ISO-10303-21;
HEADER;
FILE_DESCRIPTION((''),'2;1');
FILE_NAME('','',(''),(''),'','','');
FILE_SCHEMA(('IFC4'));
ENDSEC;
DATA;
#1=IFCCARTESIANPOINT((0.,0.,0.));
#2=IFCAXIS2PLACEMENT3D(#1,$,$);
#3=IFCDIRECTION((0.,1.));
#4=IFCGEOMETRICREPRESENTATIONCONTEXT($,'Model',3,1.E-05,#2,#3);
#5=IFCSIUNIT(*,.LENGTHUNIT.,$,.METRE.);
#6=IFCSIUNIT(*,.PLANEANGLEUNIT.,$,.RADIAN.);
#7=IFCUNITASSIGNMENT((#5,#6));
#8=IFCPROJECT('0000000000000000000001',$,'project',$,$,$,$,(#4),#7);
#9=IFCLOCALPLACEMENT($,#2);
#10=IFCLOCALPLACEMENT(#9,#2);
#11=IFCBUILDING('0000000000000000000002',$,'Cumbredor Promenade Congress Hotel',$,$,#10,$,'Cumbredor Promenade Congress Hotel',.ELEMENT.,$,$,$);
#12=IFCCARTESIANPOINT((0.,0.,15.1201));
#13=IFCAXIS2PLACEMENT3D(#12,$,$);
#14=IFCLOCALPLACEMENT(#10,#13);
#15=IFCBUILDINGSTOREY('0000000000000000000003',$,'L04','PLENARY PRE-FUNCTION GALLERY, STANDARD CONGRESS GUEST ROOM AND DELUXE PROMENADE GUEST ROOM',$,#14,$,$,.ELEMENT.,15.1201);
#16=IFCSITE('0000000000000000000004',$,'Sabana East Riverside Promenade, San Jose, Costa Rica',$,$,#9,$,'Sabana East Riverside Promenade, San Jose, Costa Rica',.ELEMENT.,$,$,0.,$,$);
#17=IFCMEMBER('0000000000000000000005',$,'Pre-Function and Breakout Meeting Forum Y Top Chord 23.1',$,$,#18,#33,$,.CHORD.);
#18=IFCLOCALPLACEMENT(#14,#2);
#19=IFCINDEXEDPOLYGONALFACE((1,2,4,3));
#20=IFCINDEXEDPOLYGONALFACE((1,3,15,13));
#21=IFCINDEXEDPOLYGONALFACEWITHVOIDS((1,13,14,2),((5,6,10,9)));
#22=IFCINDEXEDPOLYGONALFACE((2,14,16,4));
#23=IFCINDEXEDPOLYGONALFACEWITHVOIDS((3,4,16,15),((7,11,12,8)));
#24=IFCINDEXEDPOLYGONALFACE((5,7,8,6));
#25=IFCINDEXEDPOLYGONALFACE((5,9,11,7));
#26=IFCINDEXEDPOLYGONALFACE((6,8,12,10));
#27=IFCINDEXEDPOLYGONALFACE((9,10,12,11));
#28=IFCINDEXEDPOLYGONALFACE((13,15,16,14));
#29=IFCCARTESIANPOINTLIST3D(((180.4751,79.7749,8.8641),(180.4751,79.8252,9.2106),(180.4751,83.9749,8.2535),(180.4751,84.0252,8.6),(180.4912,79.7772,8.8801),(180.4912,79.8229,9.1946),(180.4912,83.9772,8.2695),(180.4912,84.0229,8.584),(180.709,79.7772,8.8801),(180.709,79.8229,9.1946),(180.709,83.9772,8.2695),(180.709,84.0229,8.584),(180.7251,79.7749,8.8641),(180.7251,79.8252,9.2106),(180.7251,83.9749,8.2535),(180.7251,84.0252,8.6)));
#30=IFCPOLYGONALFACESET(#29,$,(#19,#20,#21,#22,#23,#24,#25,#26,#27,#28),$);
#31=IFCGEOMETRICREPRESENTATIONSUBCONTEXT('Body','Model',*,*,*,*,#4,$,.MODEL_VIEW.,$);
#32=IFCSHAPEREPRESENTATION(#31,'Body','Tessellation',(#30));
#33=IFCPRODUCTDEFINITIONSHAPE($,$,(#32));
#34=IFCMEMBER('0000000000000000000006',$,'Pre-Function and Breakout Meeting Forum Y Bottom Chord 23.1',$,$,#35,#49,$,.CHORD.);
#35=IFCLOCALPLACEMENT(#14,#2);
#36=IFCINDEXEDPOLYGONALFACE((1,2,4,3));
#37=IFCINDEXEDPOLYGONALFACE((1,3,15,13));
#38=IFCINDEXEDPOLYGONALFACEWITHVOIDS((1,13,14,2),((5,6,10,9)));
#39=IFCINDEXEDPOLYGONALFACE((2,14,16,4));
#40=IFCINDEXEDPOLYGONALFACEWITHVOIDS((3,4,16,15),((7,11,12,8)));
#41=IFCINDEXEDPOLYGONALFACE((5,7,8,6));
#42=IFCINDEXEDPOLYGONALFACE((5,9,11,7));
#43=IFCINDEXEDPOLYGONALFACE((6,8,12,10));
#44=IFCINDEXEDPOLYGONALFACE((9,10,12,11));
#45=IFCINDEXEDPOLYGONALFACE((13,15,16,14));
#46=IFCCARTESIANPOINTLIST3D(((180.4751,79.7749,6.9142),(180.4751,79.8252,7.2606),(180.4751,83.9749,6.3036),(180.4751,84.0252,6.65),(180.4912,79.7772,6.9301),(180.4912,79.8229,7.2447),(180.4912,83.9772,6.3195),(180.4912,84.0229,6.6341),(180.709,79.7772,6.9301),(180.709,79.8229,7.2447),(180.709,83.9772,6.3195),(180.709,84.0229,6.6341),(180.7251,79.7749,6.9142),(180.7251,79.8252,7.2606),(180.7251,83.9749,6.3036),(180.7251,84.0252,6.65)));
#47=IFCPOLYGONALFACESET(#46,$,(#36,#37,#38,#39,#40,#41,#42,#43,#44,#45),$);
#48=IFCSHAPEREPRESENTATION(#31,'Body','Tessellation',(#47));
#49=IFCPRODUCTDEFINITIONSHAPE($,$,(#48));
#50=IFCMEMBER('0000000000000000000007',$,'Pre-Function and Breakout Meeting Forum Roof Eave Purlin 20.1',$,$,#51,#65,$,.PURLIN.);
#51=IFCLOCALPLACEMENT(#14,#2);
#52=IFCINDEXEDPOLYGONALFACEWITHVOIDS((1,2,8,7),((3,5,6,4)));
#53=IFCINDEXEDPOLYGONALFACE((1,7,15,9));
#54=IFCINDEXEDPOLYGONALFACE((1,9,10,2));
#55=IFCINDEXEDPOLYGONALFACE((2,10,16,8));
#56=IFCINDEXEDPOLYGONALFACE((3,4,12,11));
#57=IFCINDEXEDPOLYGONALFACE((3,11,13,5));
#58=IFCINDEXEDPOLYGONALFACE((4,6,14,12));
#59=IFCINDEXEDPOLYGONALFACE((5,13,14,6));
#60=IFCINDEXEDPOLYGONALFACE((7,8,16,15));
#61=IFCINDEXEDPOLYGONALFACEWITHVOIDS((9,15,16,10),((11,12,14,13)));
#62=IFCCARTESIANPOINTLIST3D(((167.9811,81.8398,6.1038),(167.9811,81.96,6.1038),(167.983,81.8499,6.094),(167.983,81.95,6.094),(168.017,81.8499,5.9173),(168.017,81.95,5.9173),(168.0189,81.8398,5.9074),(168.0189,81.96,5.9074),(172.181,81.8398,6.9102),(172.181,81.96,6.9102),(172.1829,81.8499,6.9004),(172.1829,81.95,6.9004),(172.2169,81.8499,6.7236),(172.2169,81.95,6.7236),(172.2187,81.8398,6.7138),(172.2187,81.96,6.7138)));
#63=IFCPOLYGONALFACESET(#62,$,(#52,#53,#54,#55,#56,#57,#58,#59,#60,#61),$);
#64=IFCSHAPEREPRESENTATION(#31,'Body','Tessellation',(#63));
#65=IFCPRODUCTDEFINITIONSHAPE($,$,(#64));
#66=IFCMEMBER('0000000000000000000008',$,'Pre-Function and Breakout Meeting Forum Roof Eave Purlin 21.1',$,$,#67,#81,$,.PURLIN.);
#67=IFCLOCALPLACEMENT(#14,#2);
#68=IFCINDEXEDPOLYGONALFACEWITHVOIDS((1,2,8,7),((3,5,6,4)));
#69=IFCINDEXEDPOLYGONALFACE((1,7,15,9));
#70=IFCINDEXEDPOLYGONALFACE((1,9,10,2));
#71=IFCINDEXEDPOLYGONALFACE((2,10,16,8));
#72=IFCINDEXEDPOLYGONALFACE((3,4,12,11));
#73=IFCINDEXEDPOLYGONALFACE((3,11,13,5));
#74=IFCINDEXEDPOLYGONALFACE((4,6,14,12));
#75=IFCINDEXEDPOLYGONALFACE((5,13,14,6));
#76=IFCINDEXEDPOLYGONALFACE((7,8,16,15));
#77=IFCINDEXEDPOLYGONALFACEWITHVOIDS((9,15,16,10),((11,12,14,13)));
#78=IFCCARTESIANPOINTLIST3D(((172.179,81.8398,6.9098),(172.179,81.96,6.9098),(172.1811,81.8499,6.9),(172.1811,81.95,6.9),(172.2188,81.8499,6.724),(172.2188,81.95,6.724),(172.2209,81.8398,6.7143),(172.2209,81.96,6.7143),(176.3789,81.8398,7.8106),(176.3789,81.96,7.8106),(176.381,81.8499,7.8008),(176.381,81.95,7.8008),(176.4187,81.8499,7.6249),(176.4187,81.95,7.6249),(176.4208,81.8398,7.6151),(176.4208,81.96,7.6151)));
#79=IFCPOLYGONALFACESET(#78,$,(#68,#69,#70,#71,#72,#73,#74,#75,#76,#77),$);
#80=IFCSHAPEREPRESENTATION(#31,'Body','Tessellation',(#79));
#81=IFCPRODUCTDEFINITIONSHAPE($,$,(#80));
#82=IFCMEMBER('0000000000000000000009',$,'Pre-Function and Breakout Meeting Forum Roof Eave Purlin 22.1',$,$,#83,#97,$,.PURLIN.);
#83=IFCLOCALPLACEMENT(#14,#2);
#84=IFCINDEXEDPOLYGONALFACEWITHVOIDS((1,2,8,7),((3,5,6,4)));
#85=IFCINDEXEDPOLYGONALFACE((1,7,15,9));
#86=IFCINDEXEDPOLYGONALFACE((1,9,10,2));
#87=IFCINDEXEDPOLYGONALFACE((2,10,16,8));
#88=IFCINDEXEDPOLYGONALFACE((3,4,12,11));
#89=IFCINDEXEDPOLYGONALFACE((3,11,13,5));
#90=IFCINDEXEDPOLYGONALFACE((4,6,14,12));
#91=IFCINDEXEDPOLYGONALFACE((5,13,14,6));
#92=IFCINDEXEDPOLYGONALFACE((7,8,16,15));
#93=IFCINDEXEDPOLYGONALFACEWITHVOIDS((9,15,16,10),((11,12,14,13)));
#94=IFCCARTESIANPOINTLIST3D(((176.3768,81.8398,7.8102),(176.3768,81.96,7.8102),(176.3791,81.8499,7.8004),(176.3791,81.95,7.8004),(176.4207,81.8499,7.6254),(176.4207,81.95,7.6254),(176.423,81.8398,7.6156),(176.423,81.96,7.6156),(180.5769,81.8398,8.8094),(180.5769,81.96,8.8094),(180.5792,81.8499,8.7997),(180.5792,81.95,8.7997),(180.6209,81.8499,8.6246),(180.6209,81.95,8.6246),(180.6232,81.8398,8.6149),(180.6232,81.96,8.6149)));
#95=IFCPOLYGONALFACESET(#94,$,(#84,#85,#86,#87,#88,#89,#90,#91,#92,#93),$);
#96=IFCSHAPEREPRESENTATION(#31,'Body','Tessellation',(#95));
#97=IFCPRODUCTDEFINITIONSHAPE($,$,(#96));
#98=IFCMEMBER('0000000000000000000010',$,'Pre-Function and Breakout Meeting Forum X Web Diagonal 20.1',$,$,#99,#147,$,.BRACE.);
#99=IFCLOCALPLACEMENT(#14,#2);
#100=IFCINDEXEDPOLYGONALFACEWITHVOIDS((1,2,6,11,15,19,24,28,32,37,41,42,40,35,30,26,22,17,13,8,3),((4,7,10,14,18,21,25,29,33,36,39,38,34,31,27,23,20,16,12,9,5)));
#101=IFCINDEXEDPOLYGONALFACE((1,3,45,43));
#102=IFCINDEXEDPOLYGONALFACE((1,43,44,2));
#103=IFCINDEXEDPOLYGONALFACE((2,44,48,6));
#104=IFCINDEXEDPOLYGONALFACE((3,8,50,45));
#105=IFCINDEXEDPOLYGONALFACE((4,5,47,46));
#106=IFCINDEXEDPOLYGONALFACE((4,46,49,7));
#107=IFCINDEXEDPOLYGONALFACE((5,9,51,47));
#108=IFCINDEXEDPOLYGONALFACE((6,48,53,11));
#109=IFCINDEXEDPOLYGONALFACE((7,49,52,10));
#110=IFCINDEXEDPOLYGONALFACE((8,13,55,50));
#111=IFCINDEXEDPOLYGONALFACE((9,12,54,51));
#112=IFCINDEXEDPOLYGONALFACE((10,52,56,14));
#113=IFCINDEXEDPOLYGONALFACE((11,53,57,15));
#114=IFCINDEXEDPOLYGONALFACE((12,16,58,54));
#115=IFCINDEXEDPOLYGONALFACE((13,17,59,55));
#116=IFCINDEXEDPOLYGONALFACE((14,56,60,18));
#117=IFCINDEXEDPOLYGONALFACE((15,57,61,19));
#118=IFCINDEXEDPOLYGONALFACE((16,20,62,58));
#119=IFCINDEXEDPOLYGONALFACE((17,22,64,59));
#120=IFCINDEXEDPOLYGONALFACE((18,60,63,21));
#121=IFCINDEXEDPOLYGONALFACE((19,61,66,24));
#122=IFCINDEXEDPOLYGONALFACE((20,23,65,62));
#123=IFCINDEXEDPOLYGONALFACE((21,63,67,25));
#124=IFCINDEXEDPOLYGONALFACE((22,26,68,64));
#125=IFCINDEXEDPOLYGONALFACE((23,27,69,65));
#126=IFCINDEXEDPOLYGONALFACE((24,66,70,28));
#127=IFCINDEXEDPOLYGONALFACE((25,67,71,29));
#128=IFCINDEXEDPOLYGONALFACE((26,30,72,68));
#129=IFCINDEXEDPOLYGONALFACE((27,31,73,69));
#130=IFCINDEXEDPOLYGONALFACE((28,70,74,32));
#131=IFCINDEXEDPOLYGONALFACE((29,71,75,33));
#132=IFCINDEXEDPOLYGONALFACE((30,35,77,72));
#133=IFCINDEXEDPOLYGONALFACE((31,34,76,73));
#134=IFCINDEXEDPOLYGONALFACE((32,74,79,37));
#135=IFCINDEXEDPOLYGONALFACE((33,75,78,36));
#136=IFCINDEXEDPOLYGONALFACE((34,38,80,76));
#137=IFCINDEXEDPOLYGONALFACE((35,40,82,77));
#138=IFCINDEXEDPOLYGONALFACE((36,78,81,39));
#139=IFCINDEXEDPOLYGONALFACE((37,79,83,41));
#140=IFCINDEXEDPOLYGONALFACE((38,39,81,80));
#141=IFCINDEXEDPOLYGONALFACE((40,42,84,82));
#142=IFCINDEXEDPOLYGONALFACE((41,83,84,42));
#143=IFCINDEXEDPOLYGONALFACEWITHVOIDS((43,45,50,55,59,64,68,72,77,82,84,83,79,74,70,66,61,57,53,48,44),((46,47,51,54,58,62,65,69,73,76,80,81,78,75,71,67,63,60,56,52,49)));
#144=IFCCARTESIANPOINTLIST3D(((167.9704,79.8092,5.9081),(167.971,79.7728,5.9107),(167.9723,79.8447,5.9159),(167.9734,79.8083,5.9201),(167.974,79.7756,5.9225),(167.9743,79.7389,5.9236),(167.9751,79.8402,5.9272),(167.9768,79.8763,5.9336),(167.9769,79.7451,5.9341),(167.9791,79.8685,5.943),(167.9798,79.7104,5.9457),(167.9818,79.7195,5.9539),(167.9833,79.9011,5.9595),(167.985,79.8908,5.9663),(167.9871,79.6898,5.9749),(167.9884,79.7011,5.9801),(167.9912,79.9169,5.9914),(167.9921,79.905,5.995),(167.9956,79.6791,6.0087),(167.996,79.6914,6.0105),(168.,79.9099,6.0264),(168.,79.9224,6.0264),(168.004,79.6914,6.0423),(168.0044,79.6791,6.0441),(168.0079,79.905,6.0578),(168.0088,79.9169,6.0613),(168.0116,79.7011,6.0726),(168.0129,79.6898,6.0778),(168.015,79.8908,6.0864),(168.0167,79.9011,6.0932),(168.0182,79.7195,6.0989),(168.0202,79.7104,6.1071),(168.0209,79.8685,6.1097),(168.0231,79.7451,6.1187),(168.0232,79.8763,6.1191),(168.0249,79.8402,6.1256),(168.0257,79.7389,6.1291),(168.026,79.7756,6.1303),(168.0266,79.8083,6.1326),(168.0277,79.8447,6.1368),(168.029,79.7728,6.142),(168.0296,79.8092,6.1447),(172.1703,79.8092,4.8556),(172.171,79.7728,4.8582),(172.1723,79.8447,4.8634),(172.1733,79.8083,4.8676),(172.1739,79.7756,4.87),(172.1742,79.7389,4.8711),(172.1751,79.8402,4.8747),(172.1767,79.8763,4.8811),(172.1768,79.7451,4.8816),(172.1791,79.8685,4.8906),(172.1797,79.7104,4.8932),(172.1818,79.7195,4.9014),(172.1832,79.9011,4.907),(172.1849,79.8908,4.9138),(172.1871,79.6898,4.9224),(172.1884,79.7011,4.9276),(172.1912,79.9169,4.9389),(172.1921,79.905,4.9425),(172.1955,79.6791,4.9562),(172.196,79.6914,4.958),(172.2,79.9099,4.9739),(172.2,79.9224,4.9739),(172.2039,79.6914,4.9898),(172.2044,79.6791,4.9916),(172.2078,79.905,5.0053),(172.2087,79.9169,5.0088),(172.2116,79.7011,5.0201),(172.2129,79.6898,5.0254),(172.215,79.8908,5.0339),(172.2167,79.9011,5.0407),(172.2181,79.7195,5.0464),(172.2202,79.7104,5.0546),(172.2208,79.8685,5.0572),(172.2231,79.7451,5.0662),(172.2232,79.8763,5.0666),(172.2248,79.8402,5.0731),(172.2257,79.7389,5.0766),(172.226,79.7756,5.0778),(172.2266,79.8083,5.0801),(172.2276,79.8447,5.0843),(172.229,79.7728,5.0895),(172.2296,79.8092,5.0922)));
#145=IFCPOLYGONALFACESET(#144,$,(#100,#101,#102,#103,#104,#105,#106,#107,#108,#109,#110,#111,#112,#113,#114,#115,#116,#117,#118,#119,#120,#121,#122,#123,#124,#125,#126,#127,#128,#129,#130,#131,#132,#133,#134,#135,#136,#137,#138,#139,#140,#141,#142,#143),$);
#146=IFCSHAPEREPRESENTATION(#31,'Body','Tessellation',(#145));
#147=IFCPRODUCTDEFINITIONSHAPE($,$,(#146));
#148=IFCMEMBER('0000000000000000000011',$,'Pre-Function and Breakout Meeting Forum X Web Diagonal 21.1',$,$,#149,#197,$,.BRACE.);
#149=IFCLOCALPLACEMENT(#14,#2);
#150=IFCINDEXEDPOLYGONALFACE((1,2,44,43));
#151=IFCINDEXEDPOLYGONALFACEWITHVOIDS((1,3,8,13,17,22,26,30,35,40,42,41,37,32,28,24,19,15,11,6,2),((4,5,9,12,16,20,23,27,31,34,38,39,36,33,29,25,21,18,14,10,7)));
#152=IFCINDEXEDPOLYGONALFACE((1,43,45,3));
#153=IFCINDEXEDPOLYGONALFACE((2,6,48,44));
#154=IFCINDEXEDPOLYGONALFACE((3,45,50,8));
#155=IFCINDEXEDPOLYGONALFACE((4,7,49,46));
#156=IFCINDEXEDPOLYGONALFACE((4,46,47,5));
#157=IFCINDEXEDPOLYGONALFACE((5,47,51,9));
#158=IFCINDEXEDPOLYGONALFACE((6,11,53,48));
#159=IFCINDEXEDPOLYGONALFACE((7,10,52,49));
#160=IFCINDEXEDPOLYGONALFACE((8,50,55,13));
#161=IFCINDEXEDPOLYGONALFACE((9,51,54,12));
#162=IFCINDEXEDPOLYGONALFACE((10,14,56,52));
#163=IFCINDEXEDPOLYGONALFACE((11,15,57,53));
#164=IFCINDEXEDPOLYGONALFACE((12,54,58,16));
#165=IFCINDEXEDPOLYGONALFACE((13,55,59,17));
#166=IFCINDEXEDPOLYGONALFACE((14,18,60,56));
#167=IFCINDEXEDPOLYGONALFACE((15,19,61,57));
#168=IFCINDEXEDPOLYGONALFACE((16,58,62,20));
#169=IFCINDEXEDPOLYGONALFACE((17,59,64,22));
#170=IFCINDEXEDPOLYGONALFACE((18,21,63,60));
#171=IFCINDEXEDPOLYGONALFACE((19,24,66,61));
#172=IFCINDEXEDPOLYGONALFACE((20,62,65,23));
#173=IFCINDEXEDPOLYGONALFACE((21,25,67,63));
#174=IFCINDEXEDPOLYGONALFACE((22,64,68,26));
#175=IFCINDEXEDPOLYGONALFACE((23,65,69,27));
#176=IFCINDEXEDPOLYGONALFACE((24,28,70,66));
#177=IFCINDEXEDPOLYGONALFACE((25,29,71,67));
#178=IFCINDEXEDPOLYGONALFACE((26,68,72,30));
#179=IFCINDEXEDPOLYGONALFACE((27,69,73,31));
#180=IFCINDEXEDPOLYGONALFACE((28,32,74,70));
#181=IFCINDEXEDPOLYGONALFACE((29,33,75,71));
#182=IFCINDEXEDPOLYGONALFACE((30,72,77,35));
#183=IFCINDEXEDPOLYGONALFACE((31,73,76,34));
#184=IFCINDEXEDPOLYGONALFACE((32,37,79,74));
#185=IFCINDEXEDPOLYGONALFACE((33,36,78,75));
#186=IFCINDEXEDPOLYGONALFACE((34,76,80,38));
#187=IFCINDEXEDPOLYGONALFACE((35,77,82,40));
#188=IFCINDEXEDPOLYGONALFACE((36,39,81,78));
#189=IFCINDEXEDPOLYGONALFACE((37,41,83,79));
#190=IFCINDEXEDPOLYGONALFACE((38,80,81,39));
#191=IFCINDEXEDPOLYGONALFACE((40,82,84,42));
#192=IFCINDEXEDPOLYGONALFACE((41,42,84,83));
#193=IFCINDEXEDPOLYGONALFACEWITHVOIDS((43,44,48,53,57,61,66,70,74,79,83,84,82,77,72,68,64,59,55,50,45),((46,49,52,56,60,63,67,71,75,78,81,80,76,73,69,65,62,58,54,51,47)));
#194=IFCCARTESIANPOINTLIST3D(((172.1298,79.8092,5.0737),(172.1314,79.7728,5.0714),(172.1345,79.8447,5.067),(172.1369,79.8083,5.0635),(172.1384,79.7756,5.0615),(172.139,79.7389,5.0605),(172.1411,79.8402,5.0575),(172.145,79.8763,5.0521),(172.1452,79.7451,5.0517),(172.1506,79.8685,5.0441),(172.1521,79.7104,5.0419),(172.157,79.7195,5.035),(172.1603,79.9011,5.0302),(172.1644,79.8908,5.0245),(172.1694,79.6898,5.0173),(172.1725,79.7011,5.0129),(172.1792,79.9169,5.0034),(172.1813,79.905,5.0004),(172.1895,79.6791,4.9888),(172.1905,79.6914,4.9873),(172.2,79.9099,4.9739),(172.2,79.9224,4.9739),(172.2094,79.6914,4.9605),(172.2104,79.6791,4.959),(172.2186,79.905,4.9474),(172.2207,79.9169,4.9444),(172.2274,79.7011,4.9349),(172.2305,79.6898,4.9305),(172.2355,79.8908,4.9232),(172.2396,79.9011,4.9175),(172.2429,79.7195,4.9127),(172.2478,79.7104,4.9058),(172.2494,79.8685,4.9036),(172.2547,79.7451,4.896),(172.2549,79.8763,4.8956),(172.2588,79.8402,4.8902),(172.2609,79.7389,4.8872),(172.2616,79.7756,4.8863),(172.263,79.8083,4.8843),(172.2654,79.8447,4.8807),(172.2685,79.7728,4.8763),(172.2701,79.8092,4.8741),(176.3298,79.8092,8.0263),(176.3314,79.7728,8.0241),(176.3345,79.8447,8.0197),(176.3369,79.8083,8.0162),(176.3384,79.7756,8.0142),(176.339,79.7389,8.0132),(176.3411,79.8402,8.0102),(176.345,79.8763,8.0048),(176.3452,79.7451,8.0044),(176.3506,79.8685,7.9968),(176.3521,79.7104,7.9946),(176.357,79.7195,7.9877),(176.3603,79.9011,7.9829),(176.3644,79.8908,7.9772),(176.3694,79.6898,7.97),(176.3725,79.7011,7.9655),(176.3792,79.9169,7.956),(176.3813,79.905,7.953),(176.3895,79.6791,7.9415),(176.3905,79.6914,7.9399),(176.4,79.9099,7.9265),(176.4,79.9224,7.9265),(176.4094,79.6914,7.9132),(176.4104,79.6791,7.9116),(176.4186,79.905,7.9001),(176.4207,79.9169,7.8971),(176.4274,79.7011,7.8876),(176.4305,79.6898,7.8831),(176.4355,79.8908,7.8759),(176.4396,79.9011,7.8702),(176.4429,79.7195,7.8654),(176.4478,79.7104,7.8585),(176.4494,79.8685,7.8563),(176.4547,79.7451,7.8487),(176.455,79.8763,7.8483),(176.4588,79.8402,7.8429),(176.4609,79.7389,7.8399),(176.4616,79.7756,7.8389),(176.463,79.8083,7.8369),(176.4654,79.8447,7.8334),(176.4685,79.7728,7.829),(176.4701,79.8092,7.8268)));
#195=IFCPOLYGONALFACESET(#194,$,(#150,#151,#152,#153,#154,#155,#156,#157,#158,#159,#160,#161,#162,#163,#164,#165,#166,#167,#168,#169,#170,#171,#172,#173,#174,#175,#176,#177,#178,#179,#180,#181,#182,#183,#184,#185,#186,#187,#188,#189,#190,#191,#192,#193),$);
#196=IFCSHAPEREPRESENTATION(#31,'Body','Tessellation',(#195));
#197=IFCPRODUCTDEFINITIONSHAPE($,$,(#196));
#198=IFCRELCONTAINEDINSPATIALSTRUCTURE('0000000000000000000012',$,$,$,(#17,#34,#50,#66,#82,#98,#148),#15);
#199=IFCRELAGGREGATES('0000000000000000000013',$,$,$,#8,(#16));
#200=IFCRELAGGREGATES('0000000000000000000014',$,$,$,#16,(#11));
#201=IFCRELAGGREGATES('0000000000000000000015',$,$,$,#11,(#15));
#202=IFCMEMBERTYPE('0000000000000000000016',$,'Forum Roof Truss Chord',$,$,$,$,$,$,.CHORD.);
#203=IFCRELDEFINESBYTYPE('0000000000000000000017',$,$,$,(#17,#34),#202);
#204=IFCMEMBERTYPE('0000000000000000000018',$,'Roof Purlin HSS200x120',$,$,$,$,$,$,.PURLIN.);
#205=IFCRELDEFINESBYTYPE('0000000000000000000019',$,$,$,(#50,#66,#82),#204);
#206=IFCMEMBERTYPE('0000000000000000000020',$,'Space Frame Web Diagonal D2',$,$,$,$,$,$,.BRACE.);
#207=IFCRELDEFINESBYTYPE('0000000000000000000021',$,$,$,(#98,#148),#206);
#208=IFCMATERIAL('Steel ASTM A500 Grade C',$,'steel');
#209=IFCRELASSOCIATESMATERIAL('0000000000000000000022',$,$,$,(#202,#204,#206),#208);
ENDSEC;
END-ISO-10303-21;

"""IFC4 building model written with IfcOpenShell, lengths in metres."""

from ifc_helpers import new_model, si_unit, direction, frame, origin, origin_2d, place, context, subcontext, project, spatial, hollow_rectangle, hollow_circle, extrude, material, material_profile, profile_set, type_object, element, save


model = new_model("IFC4")

# Units and contexts
model_context = context("Model", 3, precision=1e-05, world=origin(), true_north=direction((0.0, 1.0)))
body_context = subcontext(model_context, "Body", "Model", "MODEL_VIEW")
ifc_project = project(units=[si_unit("LENGTHUNIT", "METRE"), si_unit("PLANEANGLEUNIT", "RADIAN")], contexts=[model_context])

# Site, building, storey
site_placement = place(None, origin())
site = spatial("IfcSite", under=ifc_project, at=site_placement, Name="Sabana East Riverside Promenade, San Jose, Costa Rica", LongName="Sabana East Riverside Promenade, San Jose, Costa Rica", CompositionType="ELEMENT", RefElevation=0.0)
building_placement = place(site_placement, origin())
building = spatial("IfcBuilding", under=site, at=building_placement, Name="Cumbredor Promenade Congress Hotel", LongName="Cumbredor Promenade Congress Hotel", CompositionType="ELEMENT")
storey_placement = place(building_placement, frame((0.0, 0.0, 15.1201)))
storey = spatial("IfcBuildingStorey", under=building, at=storey_placement, Name="L04", Description="PLENARY PRE-FUNCTION GALLERY, STANDARD CONGRESS GUEST ROOM AND DELUXE PROMENADE GUEST ROOM", CompositionType="ELEMENT", Elevation=15.1201)

# Members
ifc_material_1 = material(Name="Steel ASTM A500 Grade C", Category="steel")
ifc_material_profile_1 = material_profile(ifc_material_1, hollow_rectangle(XDim=0.25, YDim=0.3501, WallThickness=0.0161, at=origin_2d()), Name="HSS 350x250x16")
ifc_profile_set_1 = profile_set([ifc_material_profile_1], Name="Steel ASTM A500 Grade C")
member_type_1 = type_object("IfcMemberType", Name="Forum Roof Truss Chord", PredefinedType="CHORD", material=ifc_profile_set_1)
for number, where, z_axis, x_axis, name in (
    (1, (180.6001, 79.8, 9.0374), (0.0, 0.989597, -0.143869), (-1.0, 0.0, 0.0), "Pre-Function and Breakout Meeting Forum Y Top Chord 23.1"),
    (2, (180.6001, 79.8, 7.0874), (0.0, 0.989597, -0.143869), (-1.0, 0.0, 0.0), "Pre-Function and Breakout Meeting Forum Y Bottom Chord 23.1"),
):
    element("IfcMember", number, at=place(storey_placement, frame(where, z_axis=z_axis, x_axis=x_axis)), inside=storey, type_object=member_type_1, Name=name, PredefinedType="CHORD", context=body_context, shape_type="SweptSolid", body=[
        extrude(hollow_rectangle(XDim=0.25, YDim=0.3501, WallThickness=0.0161, at=origin_2d()), origin(), (0.0, 0.0, 1.0), 4.2441),
    ])
ifc_material_profile_2 = material_profile(ifc_material_1, hollow_rectangle(XDim=0.1201, YDim=0.2, WallThickness=0.01, at=origin_2d()), Name="HSS 200x120x10")
ifc_profile_set_2 = profile_set([ifc_material_profile_2], Name="Steel ASTM A500 Grade C")
member_type_2 = type_object("IfcMemberType", Name="Roof Purlin HSS200x120", PredefinedType="PURLIN", material=ifc_profile_set_2)
member_1_placement = place(storey_placement, frame((168.0, 81.8999, 6.0056), z_axis=(0.982062, 0.0, 0.188557), x_axis=(0.0, 1.0, 0.0)))
element("IfcMember", 3, at=member_1_placement, inside=storey, type_object=member_type_2, Name="Pre-Function and Breakout Meeting Forum Roof Eave Purlin 20.1", PredefinedType="PURLIN", context=body_context, shape_type="SweptSolid", body=[
    extrude(hollow_rectangle(XDim=0.1201, YDim=0.2, WallThickness=0.01, at=origin_2d()), origin(), (0.0, 0.0, 1.0), 4.2766),
])
member_2_placement = place(storey_placement, frame((172.2, 81.8999, 6.812), z_axis=(0.97776, 0.0, 0.209727), x_axis=(0.0, 1.0, 0.0)))
element("IfcMember", 4, at=member_2_placement, inside=storey, type_object=member_type_2, Name="Pre-Function and Breakout Meeting Forum Roof Eave Purlin 21.1", PredefinedType="PURLIN", context=body_context, shape_type="SweptSolid", body=[
    extrude(hollow_rectangle(XDim=0.1201, YDim=0.2, WallThickness=0.01, at=origin_2d()), origin(), (0.0, 0.0, 1.0), 4.2954),
])
member_3_placement = place(storey_placement, frame((176.3999, 81.8999, 7.7129), z_axis=(0.972847, 0.0, 0.23145), x_axis=(0.0, 1.0, 0.0)))
element("IfcMember", 5, at=member_3_placement, inside=storey, type_object=member_type_2, Name="Pre-Function and Breakout Meeting Forum Roof Eave Purlin 22.1", PredefinedType="PURLIN", context=body_context, shape_type="SweptSolid", body=[
    extrude(hollow_rectangle(XDim=0.1201, YDim=0.2, WallThickness=0.01, at=origin_2d()), origin(), (0.0, 0.0, 1.0), 4.3174),
])
ifc_material_profile_3 = material_profile(ifc_material_1, hollow_circle(Radius=0.1223, WallThickness=0.0125, at=origin_2d()), Name="CHS 244.5x12.5")
ifc_profile_set_3 = profile_set([ifc_material_profile_3], Name="Steel ASTM A500 Grade C")
member_type_3 = type_object("IfcMemberType", Name="Space Frame Web Diagonal D2", PredefinedType="BRACE", material=ifc_profile_set_3)
member_4_placement = place(storey_placement, frame((168.0, 79.8, 6.0264), z_axis=(0.970006, 0.0, -0.24308), x_axis=(0.0, 1.0, 0.0)))
element("IfcMember", 6, at=member_4_placement, inside=storey, type_object=member_type_3, Name="Pre-Function and Breakout Meeting Forum X Web Diagonal 20.1", PredefinedType="BRACE", context=body_context, shape_type="SweptSolid", body=[
    extrude(hollow_circle(Radius=0.1223, WallThickness=0.0125, at=origin_2d()), origin(), (0.0, 0.0, 1.0), 4.3298),
])
member_5_placement = place(storey_placement, frame((172.2, 79.8, 4.9739), z_axis=(0.818071, 0.0, 0.575118), x_axis=(0.0, 1.0, 0.0)))
element("IfcMember", 7, at=member_5_placement, inside=storey, type_object=member_type_3, Name="Pre-Function and Breakout Meeting Forum X Web Diagonal 21.1", PredefinedType="BRACE", context=body_context, shape_type="SweptSolid", body=[
    extrude(hollow_circle(Radius=0.1223, WallThickness=0.0125, at=origin_2d()), origin(), (0.0, 0.0, 1.0), 5.134),
])

save(model, "model.ifc")
